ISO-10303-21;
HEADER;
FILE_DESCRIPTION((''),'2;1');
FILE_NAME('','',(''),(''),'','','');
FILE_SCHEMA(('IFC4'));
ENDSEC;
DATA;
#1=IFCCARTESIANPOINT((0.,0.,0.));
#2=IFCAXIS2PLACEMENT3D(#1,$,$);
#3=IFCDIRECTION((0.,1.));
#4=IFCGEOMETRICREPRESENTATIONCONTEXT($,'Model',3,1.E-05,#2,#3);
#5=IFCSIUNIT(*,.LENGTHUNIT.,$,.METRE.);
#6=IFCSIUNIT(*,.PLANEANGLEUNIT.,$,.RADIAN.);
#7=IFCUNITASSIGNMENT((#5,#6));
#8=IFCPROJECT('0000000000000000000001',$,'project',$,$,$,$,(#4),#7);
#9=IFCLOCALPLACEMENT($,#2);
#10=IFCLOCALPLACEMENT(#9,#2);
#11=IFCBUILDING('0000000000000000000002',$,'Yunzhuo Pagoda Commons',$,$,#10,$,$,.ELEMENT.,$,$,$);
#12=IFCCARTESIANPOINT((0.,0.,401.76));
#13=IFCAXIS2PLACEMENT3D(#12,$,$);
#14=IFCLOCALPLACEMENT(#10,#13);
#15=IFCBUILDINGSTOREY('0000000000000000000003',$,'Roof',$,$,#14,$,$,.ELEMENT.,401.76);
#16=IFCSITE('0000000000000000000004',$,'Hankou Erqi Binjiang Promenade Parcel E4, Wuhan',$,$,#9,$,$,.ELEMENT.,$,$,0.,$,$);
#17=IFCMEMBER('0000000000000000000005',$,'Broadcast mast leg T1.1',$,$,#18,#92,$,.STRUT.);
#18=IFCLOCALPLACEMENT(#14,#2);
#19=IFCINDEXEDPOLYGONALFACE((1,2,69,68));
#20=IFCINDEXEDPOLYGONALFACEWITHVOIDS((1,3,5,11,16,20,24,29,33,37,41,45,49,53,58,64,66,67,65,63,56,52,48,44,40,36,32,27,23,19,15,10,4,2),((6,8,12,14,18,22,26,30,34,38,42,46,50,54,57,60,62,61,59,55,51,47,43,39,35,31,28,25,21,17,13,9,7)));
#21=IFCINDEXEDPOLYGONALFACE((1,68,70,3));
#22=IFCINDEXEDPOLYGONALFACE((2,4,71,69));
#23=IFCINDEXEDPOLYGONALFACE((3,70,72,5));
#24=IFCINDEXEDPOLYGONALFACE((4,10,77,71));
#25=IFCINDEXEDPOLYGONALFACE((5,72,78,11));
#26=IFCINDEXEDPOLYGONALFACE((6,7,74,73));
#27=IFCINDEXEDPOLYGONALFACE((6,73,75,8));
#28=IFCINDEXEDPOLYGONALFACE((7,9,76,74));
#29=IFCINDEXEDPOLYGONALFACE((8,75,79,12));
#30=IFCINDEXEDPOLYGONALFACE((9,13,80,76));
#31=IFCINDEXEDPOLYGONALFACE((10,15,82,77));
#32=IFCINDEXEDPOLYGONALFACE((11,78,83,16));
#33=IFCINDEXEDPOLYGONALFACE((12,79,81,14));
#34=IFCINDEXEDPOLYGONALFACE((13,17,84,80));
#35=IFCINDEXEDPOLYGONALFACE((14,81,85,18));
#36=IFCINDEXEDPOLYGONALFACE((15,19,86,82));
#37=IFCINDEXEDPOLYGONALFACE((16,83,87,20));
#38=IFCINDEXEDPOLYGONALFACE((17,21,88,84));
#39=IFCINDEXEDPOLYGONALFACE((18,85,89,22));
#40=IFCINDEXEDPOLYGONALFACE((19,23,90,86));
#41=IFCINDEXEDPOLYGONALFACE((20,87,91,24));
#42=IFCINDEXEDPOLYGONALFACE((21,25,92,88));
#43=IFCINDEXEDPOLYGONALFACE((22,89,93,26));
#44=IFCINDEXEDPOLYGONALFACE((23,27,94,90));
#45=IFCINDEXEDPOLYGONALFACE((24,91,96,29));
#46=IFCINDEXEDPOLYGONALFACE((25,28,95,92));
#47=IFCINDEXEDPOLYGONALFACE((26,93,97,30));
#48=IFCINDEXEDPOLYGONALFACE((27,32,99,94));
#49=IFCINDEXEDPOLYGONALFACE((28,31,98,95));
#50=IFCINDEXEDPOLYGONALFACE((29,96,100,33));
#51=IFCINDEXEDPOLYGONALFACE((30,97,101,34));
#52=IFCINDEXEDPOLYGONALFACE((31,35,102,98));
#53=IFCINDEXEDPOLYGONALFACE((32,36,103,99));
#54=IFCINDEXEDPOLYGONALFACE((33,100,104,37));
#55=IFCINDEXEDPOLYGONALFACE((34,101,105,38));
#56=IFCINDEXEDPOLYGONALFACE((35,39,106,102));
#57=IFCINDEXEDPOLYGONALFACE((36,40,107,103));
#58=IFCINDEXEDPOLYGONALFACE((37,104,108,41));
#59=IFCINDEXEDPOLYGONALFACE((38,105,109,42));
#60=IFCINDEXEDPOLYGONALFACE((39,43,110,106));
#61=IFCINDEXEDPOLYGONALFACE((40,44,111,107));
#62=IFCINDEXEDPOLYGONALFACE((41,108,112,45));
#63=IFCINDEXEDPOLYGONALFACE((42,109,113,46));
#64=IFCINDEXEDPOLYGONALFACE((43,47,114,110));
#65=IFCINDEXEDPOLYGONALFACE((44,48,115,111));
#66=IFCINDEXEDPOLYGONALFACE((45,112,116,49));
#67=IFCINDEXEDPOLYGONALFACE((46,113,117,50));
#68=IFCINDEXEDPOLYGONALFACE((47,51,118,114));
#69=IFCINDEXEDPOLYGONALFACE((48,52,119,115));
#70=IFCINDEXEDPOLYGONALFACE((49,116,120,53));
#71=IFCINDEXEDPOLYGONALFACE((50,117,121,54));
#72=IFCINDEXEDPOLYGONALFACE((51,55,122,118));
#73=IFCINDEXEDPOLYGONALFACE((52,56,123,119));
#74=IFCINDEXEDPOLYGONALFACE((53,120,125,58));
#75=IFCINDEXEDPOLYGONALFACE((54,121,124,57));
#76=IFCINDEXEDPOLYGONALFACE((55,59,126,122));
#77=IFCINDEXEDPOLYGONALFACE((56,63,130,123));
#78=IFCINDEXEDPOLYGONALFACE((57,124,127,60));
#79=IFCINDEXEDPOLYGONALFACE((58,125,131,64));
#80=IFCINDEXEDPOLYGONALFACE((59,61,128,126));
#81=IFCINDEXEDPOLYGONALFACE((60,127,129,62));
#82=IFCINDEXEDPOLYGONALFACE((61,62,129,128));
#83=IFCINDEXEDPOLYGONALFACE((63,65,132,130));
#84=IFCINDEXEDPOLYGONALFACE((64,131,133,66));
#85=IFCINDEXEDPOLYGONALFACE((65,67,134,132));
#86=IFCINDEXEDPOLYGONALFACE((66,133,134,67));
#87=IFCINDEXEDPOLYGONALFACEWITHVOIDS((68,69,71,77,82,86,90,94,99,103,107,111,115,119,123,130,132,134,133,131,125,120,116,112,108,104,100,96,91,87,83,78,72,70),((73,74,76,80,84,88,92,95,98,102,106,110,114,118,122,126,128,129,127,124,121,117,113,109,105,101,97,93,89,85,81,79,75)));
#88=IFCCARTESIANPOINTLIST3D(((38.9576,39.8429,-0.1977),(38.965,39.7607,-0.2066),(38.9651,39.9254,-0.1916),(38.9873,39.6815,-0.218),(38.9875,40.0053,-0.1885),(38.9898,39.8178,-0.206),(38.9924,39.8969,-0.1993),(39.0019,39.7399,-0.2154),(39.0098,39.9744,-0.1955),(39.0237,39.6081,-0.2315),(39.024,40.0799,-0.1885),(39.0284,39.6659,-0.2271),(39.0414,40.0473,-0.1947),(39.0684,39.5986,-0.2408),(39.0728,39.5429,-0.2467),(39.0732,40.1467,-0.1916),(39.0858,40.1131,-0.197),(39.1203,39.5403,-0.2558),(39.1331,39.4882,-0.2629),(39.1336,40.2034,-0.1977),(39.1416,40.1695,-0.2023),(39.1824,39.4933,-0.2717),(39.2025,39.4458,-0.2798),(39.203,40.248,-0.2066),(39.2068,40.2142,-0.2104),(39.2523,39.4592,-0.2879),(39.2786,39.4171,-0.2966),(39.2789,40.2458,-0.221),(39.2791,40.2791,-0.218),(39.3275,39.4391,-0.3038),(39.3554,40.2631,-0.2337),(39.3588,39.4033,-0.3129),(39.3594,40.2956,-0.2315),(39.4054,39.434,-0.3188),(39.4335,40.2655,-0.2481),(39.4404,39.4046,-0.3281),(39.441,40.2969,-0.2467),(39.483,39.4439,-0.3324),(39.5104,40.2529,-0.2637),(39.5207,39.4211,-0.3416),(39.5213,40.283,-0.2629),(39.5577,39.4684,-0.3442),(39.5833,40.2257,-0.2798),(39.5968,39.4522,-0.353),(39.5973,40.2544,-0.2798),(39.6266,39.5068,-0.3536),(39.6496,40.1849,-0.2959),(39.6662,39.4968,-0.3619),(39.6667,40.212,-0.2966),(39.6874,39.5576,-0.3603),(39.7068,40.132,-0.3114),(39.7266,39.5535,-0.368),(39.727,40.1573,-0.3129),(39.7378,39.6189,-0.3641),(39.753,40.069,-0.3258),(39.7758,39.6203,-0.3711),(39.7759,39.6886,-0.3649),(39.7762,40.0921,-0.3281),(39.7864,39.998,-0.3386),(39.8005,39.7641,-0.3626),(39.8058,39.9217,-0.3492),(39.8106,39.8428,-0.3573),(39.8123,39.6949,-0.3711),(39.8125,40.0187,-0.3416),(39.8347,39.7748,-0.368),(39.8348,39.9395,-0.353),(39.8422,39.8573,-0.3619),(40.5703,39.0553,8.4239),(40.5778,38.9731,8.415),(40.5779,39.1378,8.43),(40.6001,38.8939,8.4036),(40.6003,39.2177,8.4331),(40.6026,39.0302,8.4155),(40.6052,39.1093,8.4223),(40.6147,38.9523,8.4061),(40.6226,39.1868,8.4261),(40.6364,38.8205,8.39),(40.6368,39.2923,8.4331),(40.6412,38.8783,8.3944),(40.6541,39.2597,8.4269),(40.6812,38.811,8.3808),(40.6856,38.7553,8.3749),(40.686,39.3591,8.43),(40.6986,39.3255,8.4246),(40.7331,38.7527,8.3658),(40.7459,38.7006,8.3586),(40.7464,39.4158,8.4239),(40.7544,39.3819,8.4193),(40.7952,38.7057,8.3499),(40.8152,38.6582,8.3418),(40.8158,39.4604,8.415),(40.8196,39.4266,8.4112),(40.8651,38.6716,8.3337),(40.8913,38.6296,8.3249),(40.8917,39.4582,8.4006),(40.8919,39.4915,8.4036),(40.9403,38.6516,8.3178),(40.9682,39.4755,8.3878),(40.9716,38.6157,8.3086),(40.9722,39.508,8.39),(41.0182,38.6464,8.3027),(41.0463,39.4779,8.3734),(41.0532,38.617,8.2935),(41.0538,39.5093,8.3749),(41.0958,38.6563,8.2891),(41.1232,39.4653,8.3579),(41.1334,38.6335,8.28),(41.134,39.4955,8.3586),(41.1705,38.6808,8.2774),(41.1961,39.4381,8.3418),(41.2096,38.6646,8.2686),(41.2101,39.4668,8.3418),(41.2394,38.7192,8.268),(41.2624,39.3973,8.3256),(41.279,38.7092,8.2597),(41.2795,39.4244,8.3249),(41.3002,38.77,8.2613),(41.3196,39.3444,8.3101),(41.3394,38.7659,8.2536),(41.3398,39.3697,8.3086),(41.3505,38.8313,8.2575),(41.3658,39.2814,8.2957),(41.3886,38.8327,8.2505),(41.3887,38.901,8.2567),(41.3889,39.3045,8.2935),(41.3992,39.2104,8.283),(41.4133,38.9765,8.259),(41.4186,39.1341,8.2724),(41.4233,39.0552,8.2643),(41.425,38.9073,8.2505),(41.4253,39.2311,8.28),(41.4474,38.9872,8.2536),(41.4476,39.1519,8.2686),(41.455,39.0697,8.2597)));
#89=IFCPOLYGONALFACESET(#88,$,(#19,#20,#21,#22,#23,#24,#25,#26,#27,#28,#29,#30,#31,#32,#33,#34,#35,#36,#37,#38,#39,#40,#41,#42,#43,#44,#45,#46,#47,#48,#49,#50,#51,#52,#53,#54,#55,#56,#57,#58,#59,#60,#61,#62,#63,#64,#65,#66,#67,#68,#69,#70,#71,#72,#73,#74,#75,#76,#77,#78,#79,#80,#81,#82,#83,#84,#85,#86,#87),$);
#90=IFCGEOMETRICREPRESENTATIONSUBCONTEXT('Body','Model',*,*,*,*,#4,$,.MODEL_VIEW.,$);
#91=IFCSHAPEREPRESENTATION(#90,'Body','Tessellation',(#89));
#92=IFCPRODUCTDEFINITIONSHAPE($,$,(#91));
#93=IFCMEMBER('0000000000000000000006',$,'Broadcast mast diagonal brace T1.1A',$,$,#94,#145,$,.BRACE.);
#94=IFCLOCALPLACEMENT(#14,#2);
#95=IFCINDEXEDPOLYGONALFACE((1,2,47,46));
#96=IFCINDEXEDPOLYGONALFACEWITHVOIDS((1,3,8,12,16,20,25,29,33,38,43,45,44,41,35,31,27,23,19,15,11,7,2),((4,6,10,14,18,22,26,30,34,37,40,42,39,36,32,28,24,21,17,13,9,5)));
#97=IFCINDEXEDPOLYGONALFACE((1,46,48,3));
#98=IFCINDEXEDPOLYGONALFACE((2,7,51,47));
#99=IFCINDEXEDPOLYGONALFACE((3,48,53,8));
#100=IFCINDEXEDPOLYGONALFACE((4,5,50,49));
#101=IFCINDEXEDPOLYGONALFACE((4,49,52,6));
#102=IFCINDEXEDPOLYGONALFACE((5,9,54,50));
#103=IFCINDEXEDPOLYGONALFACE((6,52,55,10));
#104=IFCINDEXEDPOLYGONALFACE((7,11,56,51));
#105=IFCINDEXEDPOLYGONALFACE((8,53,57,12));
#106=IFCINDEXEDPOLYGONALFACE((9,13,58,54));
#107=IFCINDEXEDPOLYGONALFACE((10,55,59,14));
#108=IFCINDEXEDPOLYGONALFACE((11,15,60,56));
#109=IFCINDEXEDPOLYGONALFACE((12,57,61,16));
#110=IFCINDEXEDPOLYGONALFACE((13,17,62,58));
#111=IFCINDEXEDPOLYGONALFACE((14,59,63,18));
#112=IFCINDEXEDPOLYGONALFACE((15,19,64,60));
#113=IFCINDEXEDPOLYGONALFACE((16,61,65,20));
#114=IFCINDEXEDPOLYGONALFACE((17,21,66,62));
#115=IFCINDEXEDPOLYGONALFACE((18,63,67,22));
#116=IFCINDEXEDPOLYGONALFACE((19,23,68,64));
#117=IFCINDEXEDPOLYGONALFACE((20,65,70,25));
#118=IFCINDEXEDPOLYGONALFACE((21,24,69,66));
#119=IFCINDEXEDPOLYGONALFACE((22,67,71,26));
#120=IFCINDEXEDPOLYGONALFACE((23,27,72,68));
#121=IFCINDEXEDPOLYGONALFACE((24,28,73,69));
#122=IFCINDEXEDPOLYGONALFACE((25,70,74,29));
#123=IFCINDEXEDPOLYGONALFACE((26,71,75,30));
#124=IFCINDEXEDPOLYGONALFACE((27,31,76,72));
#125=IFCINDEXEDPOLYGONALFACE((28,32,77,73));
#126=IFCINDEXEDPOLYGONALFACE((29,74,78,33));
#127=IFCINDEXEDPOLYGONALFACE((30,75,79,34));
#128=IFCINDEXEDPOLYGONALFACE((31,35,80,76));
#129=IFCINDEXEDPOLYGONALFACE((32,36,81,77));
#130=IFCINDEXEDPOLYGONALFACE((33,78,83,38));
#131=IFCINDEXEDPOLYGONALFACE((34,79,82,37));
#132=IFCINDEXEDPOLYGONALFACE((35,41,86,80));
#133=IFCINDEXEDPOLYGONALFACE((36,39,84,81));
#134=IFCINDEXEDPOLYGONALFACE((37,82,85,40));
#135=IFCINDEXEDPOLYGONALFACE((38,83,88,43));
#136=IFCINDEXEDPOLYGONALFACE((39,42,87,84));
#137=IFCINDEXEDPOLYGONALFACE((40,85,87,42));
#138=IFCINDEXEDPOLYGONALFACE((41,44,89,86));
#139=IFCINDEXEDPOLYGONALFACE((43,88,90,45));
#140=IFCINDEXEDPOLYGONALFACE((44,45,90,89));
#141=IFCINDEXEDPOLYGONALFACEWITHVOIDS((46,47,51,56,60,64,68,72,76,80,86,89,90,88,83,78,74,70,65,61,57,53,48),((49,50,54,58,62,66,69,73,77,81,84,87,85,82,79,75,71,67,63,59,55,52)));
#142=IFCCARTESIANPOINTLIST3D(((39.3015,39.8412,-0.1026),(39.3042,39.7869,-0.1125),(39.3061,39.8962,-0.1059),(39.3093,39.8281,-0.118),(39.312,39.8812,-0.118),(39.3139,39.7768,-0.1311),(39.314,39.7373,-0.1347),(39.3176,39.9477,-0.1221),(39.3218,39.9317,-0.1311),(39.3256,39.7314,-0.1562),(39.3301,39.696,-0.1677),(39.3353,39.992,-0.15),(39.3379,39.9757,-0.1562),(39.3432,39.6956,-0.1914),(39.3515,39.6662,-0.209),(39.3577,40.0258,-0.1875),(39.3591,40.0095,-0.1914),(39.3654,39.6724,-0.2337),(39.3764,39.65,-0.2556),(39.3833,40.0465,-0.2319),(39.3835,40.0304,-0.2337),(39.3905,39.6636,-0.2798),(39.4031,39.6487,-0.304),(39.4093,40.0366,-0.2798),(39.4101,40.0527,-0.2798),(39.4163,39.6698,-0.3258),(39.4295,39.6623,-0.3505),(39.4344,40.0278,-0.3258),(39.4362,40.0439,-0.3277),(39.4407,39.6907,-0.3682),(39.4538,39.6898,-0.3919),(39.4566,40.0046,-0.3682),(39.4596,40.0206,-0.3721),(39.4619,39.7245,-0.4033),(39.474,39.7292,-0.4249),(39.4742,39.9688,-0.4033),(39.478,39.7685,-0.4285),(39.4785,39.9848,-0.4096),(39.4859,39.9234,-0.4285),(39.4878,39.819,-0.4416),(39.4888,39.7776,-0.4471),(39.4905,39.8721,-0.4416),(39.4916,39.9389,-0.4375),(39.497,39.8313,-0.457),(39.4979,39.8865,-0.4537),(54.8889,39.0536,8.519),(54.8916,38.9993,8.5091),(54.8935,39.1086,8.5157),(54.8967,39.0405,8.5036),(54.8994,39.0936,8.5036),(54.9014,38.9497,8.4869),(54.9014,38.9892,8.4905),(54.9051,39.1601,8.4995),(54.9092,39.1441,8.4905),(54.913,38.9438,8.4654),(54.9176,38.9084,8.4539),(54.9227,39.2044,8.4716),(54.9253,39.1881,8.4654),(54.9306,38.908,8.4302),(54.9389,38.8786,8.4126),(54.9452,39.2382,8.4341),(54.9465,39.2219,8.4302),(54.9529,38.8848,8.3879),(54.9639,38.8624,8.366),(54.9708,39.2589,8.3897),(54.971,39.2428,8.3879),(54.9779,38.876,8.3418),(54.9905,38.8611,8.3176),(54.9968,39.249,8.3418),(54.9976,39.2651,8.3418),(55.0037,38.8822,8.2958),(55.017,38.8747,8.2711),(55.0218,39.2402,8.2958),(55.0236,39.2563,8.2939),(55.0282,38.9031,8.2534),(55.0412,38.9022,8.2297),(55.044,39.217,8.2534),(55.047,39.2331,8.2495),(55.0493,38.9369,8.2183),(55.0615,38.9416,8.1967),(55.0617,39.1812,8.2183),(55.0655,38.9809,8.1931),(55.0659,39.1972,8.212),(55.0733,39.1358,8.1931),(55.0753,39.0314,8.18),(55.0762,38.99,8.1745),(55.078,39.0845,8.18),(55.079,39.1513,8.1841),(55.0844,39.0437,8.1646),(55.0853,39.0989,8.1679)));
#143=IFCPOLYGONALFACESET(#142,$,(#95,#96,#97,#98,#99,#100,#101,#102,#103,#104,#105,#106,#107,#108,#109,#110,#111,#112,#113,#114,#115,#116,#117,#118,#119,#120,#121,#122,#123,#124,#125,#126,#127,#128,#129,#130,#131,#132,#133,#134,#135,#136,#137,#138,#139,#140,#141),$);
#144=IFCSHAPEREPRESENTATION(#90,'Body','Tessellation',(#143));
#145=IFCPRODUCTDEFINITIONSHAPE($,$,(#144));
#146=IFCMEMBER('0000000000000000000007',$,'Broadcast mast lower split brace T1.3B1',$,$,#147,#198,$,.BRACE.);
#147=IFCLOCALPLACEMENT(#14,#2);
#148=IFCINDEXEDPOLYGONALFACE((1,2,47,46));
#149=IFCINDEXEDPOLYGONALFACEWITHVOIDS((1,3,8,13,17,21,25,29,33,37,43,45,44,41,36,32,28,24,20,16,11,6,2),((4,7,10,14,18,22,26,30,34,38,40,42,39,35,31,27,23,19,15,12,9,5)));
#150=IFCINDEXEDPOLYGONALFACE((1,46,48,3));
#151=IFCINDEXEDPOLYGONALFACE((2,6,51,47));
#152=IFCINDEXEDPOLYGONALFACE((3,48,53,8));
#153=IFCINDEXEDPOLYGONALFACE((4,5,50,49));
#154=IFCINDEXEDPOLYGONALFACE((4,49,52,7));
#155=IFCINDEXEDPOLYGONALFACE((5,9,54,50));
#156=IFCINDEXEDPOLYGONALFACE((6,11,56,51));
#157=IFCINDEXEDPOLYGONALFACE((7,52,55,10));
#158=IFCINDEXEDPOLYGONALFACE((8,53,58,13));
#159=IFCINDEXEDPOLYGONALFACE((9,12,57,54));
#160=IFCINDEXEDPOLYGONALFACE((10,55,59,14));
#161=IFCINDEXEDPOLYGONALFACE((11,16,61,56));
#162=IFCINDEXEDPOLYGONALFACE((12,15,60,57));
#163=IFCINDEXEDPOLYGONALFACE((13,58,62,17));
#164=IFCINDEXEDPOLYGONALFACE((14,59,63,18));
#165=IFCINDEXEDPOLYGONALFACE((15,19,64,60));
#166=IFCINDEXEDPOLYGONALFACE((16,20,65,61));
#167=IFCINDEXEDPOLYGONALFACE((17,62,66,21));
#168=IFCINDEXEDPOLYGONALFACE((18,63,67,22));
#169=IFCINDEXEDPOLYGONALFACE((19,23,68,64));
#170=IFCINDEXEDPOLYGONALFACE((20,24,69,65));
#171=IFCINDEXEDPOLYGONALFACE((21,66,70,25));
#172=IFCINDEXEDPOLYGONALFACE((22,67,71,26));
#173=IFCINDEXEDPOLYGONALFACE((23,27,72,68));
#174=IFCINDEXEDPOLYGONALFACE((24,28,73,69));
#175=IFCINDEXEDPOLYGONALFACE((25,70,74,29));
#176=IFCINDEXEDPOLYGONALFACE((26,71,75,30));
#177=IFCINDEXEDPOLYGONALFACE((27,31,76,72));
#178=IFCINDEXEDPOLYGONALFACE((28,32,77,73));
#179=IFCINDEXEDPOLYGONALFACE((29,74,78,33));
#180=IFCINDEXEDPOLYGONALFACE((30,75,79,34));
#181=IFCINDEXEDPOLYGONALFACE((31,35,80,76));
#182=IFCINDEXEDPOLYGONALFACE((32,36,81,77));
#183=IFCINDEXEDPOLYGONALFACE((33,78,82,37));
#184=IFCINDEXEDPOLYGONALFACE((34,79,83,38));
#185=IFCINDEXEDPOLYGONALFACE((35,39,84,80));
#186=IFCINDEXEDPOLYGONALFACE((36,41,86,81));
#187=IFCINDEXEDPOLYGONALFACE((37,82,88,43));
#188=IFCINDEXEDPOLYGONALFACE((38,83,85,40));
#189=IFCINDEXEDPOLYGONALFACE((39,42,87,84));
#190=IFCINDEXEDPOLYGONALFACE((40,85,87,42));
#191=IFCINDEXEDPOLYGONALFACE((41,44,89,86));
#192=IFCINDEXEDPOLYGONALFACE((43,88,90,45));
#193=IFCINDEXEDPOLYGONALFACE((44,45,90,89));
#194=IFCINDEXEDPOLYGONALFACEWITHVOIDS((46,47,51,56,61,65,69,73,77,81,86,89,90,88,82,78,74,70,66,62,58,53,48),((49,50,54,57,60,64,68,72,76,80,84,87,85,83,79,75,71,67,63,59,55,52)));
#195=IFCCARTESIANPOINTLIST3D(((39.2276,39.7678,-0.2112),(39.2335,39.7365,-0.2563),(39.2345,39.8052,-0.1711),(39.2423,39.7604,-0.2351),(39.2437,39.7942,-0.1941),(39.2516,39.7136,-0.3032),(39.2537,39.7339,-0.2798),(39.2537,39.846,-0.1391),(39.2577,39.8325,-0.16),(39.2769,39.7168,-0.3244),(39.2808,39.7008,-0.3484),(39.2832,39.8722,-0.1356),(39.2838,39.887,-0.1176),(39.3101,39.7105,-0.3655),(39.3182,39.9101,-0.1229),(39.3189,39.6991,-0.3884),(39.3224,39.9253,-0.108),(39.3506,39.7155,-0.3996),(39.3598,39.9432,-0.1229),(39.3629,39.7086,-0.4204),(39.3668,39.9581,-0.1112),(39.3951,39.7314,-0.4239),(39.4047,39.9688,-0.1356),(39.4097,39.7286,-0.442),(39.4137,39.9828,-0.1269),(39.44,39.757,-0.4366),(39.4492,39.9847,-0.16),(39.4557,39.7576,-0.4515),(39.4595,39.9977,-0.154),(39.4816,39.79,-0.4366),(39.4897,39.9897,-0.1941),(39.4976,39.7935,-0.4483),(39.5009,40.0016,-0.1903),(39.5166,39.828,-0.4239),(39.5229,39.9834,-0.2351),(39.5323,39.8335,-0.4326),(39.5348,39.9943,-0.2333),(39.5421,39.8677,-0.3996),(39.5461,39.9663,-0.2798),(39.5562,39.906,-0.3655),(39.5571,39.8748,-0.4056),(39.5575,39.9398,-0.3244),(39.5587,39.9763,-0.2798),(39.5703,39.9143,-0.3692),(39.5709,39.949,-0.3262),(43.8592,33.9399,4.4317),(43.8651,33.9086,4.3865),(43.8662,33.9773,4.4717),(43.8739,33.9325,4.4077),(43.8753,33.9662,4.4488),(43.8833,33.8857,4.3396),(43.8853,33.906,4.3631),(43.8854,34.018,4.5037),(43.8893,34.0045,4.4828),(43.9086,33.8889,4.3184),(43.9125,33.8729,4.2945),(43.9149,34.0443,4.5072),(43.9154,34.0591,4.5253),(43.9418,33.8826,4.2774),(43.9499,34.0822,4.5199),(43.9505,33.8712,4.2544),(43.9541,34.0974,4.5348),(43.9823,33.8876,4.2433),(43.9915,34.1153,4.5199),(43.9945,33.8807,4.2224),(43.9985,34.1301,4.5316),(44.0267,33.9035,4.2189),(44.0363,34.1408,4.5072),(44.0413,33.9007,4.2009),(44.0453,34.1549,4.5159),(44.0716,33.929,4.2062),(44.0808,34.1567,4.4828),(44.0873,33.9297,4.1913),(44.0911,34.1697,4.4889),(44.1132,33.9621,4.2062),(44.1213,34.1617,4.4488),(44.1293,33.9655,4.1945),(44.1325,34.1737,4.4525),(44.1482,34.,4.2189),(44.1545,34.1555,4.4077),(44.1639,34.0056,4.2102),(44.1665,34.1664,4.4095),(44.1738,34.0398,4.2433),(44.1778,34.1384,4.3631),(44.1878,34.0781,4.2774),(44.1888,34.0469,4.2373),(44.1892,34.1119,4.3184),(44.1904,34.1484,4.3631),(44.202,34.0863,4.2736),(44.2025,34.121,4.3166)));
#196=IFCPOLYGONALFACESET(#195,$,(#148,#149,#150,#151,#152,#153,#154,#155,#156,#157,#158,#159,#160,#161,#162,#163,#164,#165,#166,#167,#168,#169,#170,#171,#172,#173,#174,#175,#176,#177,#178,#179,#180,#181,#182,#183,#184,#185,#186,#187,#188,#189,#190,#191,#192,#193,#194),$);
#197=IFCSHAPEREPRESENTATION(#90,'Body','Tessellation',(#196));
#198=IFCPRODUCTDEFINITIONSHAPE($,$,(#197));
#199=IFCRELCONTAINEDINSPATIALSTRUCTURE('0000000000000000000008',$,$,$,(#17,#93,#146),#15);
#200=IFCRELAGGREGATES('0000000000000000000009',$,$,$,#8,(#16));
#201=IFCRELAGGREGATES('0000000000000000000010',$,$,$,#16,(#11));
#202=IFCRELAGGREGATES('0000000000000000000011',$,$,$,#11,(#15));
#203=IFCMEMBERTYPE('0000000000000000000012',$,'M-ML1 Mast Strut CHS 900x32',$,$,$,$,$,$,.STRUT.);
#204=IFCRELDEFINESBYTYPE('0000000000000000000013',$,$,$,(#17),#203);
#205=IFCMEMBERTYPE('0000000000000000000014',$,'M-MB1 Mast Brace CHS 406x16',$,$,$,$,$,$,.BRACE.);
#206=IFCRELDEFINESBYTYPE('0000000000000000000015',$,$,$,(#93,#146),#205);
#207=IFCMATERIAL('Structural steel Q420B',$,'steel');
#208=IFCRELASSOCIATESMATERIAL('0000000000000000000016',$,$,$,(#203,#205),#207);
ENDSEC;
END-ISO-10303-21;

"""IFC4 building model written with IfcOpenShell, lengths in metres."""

from ifc_helpers import new_model, si_unit, direction, frame, origin, origin_2d, place, context, subcontext, project, spatial, hollow_circle, extrude, source, transform, mapped, material, material_profile, profile_set, type_object, element, save


model = new_model("IFC4")

# Units and contexts
model_context = context("Model", 3, precision=1e-05, world=origin(), true_north=direction((0.0, 1.0)))
body_context = subcontext(model_context, "Body", "Model", "MODEL_VIEW")
ifc_project = project(units=[si_unit("LENGTHUNIT", "METRE"), si_unit("PLANEANGLEUNIT", "RADIAN")], contexts=[model_context])

# Site, building, storey
site_placement = place(None, origin())
site = spatial("IfcSite", under=ifc_project, at=site_placement, Name="Hankou Erqi Binjiang Promenade Parcel E4, Wuhan", CompositionType="ELEMENT", RefElevation=0.0)
building_placement = place(site_placement, origin())
building = spatial("IfcBuilding", under=site, at=building_placement, Name="Yunzhuo Pagoda Commons", CompositionType="ELEMENT")
storey_placement = place(building_placement, frame((0.0, 0.0, 401.76)))
storey = spatial("IfcBuildingStorey", under=building, at=storey_placement, Name="Roof", CompositionType="ELEMENT", Elevation=401.76)

# Shared definitions
ifc_material_1 = material(Name="Structural steel Q420B", Category="steel")

# Members
ifc_material_profile_1 = material_profile(ifc_material_1, hollow_circle(Radius=0.45, WallThickness=0.032, at=origin_2d()), Name="Structural steel Q420B")
ifc_profile_set_1 = profile_set([ifc_material_profile_1], Name="Structural steel Q420B")
member_type_1 = type_object("IfcMemberType", Name="M-ML1 Mast Strut CHS 900x32", PredefinedType="STRUT", material=ifc_profile_set_1)
shared_shape_1 = source(origin(), body_context, "Body", "SweptSolid", [
    extrude(hollow_circle(Radius=0.45, WallThickness=0.032, at=origin_2d()), origin(), (0.0, 0.0, 1.0), 8.8064),
])
member_1_placement = place(storey_placement, frame((39.3999, 39.8501, -0.2798), z_axis=(0.183138, -0.089434, 0.979011), x_axis=(0.438815, 0.898577, 0.0)))
element("IfcMember", 1, at=member_1_placement, inside=storey, type_object=member_type_1, Name="Broadcast mast leg T1.1", PredefinedType="STRUT", context=body_context, shape_type="MappedRepresentation", body=[
    mapped(shared_shape_1, transform((0.0, 0.0, 0.0), scale=1.0)),
])
ifc_material_profile_2 = material_profile(ifc_material_1, hollow_circle(Radius=0.2029, WallThickness=0.0161, at=origin_2d()), Name="Structural steel Q420B")
ifc_profile_set_2 = profile_set([ifc_material_profile_2], Name="Structural steel Q420B")
member_type_2 = type_object("IfcMemberType", Name="M-MB1 Mast Brace CHS 406x16", PredefinedType="BRACE", material=ifc_profile_set_2)
shared_shape_2 = source(origin(), body_context, "Body", "SweptSolid", [
    extrude(hollow_circle(Radius=0.2029, WallThickness=0.0161, at=origin_2d()), origin(), (0.0, 0.0, 1.0), 17.8303),
])
member_2_placement = place(storey_placement, frame((39.3999, 39.8501, -0.2798), z_axis=(0.874209, -0.044172, 0.483536), x_axis=(0.050463, 0.998726, 0.0)))
element("IfcMember", 2, at=member_2_placement, inside=storey, type_object=member_type_2, Name="Broadcast mast diagonal brace T1.1A", PredefinedType="BRACE", context=body_context, shape_type="MappedRepresentation", body=[
    mapped(shared_shape_2, transform((0.0, 0.0, 0.0), scale=1.0)),
])
shared_shape_3 = source(origin(), body_context, "Body", "SweptSolid", [
    extrude(hollow_circle(Radius=0.2029, WallThickness=0.0161, at=origin_2d()), origin(), (0.0, 0.0, 1.0), 8.7734),
])
member_3_placement = place(storey_placement, frame((39.3999, 39.8501, -0.2798), z_axis=(0.527916, -0.664271, 0.529196), x_axis=(0.782877, 0.622176, 0.0)))
element("IfcMember", 3, at=member_3_placement, inside=storey, type_object=member_type_2, Name="Broadcast mast lower split brace T1.3B1", PredefinedType="BRACE", context=body_context, shape_type="MappedRepresentation", body=[
    mapped(shared_shape_3, transform((0.0, 0.0, 0.0), scale=1.0)),
])

save(model, "model.ifc")
